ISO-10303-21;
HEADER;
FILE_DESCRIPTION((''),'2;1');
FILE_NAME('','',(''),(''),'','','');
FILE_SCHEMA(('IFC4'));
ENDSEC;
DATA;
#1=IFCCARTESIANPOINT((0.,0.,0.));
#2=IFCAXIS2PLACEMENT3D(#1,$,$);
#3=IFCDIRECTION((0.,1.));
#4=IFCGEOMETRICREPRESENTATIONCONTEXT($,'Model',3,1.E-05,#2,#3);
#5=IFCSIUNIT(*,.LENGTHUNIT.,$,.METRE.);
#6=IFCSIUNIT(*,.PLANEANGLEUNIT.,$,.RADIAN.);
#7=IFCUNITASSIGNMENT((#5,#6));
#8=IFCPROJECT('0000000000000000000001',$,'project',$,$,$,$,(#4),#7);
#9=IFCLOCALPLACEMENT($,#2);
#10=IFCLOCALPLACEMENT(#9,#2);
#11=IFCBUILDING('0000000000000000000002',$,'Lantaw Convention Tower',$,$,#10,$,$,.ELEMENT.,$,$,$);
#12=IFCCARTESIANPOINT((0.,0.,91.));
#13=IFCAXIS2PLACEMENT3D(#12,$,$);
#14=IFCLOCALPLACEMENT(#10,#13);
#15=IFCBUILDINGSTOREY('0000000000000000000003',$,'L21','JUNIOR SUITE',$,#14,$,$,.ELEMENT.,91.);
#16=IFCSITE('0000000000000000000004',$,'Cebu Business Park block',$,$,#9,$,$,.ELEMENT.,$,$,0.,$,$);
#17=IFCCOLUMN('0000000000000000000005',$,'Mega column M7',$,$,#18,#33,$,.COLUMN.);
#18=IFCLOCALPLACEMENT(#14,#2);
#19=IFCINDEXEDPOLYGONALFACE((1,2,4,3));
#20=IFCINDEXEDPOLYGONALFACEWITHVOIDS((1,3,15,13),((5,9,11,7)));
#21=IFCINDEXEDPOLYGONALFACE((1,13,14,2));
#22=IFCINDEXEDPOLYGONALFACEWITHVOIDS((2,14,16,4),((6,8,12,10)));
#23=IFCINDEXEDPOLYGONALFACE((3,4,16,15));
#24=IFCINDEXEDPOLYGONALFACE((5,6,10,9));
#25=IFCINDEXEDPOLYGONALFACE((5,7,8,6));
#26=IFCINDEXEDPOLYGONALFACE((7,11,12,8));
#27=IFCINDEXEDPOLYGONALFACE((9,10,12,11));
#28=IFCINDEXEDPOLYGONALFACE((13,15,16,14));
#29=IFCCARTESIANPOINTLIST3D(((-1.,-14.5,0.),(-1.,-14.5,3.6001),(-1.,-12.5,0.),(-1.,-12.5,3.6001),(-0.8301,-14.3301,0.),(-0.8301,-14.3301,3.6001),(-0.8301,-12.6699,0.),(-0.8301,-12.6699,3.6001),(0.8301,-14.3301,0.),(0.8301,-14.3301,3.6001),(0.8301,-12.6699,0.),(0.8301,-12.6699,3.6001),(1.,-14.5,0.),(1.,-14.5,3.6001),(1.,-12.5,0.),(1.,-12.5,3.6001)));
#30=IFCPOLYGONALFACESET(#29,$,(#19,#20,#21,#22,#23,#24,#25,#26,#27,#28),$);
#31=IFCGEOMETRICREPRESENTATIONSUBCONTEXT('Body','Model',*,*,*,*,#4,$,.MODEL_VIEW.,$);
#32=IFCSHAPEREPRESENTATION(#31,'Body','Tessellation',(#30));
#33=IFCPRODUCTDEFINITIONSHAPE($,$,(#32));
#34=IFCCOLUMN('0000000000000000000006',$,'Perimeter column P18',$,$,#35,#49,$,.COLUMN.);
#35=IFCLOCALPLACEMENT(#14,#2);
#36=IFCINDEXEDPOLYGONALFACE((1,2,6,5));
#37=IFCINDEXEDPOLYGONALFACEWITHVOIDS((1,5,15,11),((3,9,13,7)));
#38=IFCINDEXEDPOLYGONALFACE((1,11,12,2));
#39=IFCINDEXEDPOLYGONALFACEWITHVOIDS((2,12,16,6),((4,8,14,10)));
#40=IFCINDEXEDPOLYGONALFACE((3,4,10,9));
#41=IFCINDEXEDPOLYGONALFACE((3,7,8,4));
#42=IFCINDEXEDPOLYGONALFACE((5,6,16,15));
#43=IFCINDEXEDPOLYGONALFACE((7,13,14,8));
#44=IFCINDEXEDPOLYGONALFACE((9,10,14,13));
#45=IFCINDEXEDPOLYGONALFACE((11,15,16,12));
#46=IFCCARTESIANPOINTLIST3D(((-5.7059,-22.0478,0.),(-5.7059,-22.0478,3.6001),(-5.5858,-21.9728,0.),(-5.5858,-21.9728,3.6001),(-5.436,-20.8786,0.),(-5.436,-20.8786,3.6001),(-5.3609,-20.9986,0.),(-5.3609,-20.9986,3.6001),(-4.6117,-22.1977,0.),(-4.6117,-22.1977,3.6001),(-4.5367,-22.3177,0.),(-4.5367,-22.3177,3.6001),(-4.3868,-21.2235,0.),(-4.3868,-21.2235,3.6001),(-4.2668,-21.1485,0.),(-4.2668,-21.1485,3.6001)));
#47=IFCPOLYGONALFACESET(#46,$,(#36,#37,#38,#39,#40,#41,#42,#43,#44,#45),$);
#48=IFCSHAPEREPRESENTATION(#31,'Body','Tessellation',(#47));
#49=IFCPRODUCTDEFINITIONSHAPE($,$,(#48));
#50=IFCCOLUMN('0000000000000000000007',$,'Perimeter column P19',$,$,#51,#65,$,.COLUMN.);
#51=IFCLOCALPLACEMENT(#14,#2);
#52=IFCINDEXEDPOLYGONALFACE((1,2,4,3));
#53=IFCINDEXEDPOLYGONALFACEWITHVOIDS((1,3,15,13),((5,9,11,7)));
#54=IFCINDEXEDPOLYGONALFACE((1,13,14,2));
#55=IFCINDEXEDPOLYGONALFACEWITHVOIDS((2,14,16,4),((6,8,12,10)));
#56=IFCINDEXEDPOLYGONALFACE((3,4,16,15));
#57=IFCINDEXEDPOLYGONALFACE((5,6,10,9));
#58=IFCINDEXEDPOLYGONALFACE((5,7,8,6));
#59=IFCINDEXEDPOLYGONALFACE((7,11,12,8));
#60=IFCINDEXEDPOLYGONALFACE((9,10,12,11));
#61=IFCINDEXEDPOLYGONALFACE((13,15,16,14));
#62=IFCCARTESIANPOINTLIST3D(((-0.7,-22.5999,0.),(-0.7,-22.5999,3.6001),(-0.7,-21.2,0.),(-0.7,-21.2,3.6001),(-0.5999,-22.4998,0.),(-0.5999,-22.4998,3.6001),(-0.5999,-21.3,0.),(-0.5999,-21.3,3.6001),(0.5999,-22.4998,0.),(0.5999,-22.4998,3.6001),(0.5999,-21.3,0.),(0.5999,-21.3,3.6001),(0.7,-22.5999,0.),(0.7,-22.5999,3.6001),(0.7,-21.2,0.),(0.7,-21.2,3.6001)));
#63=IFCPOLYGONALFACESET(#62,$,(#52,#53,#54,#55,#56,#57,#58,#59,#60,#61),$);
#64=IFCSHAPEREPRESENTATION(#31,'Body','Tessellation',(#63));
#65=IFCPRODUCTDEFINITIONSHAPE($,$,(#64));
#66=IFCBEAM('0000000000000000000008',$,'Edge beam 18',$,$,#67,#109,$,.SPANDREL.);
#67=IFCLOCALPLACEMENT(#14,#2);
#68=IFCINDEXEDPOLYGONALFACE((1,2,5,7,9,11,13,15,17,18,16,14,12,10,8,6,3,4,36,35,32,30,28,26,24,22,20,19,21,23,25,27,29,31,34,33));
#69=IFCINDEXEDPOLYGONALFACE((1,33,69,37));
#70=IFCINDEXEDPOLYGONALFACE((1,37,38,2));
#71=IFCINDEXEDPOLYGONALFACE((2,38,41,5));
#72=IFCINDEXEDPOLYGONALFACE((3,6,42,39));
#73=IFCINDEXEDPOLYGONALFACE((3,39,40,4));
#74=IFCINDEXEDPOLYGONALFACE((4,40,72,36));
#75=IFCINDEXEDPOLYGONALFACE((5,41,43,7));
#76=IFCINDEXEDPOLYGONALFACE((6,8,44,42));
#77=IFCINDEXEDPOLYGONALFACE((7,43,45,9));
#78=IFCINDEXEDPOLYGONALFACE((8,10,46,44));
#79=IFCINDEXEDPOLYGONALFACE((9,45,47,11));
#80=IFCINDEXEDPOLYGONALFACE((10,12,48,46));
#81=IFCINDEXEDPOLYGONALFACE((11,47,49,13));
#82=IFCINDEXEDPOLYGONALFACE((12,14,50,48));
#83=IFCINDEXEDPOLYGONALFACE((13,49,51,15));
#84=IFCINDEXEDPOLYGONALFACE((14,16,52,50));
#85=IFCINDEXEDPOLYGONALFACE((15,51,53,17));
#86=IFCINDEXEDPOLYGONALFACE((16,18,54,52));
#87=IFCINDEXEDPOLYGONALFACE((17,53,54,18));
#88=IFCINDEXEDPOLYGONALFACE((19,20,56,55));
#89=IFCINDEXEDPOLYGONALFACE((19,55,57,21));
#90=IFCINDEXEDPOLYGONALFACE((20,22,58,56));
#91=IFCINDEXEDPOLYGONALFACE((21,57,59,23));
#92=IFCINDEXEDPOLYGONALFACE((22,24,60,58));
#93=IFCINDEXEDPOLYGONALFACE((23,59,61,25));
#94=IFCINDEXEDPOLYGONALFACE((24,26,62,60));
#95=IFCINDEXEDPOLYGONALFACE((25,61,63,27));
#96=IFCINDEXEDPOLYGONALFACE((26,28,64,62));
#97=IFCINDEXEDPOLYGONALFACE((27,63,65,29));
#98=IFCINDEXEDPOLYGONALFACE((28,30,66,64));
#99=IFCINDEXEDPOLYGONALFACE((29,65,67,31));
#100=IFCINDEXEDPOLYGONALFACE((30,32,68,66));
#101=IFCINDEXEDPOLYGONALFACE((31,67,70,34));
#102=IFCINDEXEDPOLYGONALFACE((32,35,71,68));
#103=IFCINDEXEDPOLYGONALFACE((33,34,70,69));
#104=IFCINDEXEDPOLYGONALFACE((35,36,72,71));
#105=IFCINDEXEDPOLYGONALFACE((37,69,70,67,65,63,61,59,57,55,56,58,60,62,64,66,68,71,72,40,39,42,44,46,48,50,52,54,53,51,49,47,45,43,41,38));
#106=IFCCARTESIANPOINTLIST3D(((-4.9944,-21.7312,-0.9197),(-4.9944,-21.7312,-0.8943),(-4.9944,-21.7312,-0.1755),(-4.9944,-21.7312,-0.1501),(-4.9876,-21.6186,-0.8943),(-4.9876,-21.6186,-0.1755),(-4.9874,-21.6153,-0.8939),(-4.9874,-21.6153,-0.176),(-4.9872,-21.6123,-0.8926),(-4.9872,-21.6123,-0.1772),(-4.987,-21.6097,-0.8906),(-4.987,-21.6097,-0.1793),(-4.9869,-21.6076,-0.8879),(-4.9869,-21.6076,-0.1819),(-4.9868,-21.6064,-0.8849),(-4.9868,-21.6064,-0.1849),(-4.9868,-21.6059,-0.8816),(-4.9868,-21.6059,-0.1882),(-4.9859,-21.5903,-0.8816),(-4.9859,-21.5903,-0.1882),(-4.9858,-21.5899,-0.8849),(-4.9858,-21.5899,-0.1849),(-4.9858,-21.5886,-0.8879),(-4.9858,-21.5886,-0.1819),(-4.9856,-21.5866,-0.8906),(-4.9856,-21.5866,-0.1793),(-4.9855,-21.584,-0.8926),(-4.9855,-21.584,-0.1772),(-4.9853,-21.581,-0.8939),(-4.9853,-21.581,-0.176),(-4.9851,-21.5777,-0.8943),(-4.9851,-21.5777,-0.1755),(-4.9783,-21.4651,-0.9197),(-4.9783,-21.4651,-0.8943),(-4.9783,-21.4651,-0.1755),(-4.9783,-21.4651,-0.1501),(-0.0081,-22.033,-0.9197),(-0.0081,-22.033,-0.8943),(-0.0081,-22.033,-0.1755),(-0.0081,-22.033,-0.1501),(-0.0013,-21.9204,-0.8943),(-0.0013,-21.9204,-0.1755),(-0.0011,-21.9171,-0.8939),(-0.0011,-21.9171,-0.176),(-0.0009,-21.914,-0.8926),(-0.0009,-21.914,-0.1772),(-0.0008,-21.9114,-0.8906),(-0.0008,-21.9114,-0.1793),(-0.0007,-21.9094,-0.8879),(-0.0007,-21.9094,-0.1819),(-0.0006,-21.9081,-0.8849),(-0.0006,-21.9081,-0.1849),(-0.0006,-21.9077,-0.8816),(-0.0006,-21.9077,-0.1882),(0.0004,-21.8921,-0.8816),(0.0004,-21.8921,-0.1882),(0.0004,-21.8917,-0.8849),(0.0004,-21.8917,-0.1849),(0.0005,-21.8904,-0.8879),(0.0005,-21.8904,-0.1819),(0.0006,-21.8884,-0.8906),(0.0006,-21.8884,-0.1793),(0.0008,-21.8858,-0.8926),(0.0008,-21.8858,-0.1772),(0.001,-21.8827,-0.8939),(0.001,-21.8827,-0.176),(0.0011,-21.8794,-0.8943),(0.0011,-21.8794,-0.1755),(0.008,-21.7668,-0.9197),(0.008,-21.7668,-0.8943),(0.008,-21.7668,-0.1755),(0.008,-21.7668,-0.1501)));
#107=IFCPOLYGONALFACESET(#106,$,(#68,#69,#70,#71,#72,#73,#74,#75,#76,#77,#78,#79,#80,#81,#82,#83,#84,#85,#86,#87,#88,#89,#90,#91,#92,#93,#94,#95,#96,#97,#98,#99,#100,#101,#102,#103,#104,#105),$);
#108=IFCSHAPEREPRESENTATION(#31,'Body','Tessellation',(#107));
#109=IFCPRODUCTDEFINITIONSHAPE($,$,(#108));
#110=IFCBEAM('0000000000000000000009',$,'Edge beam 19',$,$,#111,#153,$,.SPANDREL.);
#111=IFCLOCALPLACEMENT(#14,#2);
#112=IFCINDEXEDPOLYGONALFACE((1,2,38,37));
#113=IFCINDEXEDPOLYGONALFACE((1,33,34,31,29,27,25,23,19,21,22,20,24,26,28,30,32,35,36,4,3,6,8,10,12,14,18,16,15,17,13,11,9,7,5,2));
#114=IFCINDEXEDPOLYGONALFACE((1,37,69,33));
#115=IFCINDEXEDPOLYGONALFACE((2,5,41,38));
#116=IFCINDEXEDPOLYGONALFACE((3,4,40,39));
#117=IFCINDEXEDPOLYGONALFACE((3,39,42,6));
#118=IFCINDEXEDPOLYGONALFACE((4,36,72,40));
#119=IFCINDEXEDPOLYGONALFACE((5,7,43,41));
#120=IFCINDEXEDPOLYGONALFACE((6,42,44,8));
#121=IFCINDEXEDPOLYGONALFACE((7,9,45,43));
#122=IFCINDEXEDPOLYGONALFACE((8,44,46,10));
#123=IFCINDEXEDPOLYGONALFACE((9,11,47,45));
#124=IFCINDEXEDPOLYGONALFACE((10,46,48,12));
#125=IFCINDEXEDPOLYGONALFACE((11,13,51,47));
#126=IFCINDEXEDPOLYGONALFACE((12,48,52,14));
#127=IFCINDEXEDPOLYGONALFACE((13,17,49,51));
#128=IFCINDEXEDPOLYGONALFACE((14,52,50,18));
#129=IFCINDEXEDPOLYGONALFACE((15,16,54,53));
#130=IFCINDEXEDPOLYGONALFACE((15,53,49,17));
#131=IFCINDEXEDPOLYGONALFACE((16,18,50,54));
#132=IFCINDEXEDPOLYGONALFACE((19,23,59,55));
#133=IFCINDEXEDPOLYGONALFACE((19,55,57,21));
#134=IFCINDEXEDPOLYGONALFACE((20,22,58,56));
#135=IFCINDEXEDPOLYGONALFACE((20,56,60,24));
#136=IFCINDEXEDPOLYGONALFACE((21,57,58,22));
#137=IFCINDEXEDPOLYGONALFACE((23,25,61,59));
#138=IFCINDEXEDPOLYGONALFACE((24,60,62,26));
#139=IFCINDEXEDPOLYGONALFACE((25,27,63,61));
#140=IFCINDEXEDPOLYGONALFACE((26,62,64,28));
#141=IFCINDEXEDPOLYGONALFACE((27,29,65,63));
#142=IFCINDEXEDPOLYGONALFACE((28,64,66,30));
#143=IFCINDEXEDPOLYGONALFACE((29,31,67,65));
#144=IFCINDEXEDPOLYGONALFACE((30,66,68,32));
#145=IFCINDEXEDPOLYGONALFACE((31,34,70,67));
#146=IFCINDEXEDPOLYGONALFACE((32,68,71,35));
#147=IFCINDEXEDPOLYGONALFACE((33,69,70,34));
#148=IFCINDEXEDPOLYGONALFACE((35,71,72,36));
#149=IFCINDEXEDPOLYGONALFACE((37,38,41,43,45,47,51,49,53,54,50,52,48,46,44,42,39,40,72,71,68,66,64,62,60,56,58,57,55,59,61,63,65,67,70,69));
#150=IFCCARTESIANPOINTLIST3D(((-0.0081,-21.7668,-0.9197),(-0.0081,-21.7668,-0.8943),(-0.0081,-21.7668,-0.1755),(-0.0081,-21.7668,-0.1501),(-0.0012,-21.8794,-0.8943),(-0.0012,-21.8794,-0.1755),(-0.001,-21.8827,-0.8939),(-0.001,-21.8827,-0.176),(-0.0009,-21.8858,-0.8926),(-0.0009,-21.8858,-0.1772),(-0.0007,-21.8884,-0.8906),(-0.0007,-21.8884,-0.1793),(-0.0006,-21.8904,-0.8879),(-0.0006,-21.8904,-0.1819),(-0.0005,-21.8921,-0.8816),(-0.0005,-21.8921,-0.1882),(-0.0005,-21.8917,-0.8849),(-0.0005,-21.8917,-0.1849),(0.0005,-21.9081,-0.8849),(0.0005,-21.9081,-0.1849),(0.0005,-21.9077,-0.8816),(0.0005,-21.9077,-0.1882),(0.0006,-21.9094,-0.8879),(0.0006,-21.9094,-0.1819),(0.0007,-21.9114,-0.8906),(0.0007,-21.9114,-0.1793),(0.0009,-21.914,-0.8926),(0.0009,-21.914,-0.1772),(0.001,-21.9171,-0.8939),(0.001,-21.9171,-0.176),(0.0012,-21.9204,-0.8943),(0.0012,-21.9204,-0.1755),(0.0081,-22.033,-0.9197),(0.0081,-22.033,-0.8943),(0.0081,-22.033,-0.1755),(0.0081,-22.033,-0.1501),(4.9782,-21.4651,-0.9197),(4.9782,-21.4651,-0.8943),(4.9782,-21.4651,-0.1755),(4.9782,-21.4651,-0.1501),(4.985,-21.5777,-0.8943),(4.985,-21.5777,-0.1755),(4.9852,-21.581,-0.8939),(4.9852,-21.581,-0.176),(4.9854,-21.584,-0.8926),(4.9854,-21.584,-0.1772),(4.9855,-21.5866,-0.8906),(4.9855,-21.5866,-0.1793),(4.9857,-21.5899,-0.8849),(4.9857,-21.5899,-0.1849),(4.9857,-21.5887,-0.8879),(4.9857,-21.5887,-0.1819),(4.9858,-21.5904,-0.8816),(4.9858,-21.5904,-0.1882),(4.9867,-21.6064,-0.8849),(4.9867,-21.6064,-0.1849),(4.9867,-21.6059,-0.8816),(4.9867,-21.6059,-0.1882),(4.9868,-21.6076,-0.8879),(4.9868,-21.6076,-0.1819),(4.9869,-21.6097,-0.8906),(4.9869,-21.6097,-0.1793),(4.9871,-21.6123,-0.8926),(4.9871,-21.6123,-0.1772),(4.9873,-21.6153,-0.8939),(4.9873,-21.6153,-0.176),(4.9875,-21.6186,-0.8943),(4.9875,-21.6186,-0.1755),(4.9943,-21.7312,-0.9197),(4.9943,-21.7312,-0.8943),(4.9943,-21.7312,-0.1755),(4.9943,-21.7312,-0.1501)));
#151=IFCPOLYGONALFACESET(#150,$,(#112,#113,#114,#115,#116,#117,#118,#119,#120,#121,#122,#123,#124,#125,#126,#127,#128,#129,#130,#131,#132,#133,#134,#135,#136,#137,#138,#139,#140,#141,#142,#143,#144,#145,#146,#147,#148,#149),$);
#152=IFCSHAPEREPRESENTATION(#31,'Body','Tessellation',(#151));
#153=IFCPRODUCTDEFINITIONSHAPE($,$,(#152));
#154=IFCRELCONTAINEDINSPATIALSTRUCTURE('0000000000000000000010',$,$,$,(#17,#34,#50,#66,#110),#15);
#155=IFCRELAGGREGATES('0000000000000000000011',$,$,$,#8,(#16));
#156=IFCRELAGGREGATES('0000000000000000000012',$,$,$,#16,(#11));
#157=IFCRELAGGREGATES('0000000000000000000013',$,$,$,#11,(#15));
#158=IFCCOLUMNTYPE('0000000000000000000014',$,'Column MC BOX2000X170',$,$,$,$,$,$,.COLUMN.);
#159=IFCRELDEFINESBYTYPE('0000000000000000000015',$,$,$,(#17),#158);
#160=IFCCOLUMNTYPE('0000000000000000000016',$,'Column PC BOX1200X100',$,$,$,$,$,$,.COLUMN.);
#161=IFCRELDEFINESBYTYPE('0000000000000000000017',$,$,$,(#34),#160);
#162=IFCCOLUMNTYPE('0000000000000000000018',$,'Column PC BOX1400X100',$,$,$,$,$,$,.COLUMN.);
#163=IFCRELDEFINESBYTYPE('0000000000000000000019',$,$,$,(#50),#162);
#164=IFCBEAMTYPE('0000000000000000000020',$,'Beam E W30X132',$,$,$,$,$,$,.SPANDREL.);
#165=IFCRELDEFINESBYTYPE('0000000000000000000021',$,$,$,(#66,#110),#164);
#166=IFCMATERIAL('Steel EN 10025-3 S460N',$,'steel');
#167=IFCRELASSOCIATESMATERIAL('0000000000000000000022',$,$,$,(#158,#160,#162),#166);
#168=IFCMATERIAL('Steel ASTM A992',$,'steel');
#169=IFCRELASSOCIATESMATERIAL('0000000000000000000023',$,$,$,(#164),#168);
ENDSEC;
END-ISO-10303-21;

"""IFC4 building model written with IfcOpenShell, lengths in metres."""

from ifc_helpers import new_model, si_unit, direction, frame, origin, origin_2d, place, context, subcontext, project, spatial, rectangle, hollow_rectangle, i_section, extrude, material, material_profile, profile_set, type_object, element, save


model = new_model("IFC4")

# Units and contexts
model_context = context("Model", 3, precision=1e-05, world=origin(), true_north=direction((0.0, 1.0)))
body_context = subcontext(model_context, "Body", "Model", "MODEL_VIEW")
ifc_project = project(units=[si_unit("LENGTHUNIT", "METRE"), si_unit("PLANEANGLEUNIT", "RADIAN")], contexts=[model_context])

# Site, building, storey
site_placement = place(None, origin())
site = spatial("IfcSite", under=ifc_project, at=site_placement, Name="Cebu Business Park block", CompositionType="ELEMENT", RefElevation=0.0)
building_placement = place(site_placement, origin())
building = spatial("IfcBuilding", under=site, at=building_placement, Name="Lantaw Convention Tower", CompositionType="ELEMENT")
storey_placement = place(building_placement, frame((0.0, 0.0, 91.0)))
storey = spatial("IfcBuildingStorey", under=building, at=storey_placement, Name="L21", Description="JUNIOR SUITE", CompositionType="ELEMENT", Elevation=91.0)

# Columns
ifc_material_1 = material(Name="Steel EN 10025-3 S460N", Category="steel")
ifc_material_profile_1 = material_profile(ifc_material_1, hollow_rectangle(XDim=2.0, YDim=2.0, WallThickness=0.1699, at=origin_2d()), Name="BOX2000X170")
ifc_material_2 = material(Name="Concrete C60/75", Category="concrete")
ifc_material_profile_2 = material_profile(ifc_material_2, rectangle(XDim=1.6599, YDim=1.6599, at=origin_2d()), Name="Concrete fill of BOX2000X170")
ifc_profile_set_1 = profile_set([ifc_material_profile_1, ifc_material_profile_2], Name="Steel EN 10025-3 S460N")
column_type_1 = type_object("IfcColumnType", Name="Column MC BOX2000X170", PredefinedType="COLUMN", material=ifc_profile_set_1)
column_1_placement = place(storey_placement, frame((0.0, -13.5, 0.0), z_axis=(0.0, 0.0, 1.0), x_axis=(1.0, 0.0, 0.0)))
element("IfcColumn", 1, at=column_1_placement, inside=storey, type_object=column_type_1, Name="Mega column M7", PredefinedType="COLUMN", context=body_context, shape_type="SweptSolid", body=[
    extrude(hollow_rectangle(XDim=2.0, YDim=2.0, WallThickness=0.1699, at=origin_2d()), origin(), (0.0, 0.0, 1.0), 3.6001),
])
ifc_material_profile_3 = material_profile(ifc_material_1, hollow_rectangle(XDim=1.2, YDim=1.2, WallThickness=0.1001, at=origin_2d()), Name="BOX1200X100")
ifc_material_profile_4 = material_profile(ifc_material_2, rectangle(XDim=1.0, YDim=1.0, at=origin_2d()), Name="Concrete fill of BOX1200X100")
ifc_profile_set_2 = profile_set([ifc_material_profile_3, ifc_material_profile_4], Name="Steel EN 10025-3 S460N")
column_type_2 = type_object("IfcColumnType", Name="Column PC BOX1200X100", PredefinedType="COLUMN", material=ifc_profile_set_2)
column_2_placement = place(storey_placement, frame((-4.9863, -21.5981, 0.0), z_axis=(0.0, 0.0, 1.0), x_axis=(0.224951, 0.97437, 0.0)))
element("IfcColumn", 2, at=column_2_placement, inside=storey, type_object=column_type_2, Name="Perimeter column P18", PredefinedType="COLUMN", context=body_context, shape_type="SweptSolid", body=[
    extrude(hollow_rectangle(XDim=1.2, YDim=1.2, WallThickness=0.1001, at=origin_2d()), origin(), (0.0, 0.0, 1.0), 3.6001),
])
ifc_material_profile_5 = material_profile(ifc_material_1, hollow_rectangle(XDim=1.3999, YDim=1.3999, WallThickness=0.1001, at=origin_2d()), Name="BOX1400X100")
ifc_material_profile_6 = material_profile(ifc_material_2, rectangle(XDim=1.2, YDim=1.2, at=origin_2d()), Name="Concrete fill of BOX1400X100")
ifc_profile_set_3 = profile_set([ifc_material_profile_5, ifc_material_profile_6], Name="Steel EN 10025-3 S460N")
column_type_3 = type_object("IfcColumnType", Name="Column PC BOX1400X100", PredefinedType="COLUMN", material=ifc_profile_set_3)
column_3_placement = place(storey_placement, frame((0.0, -21.8999, 0.0), z_axis=(0.0, 0.0, 1.0), x_axis=(1.0, 0.0, 0.0)))
element("IfcColumn", 3, at=column_3_placement, inside=storey, type_object=column_type_3, Name="Perimeter column P19", PredefinedType="COLUMN", context=body_context, shape_type="SweptSolid", body=[
    extrude(hollow_rectangle(XDim=1.3999, YDim=1.3999, WallThickness=0.1001, at=origin_2d()), origin(), (0.0, 0.0, 1.0), 3.6001),
])

# Beams
ifc_material_3 = material(Name="Steel ASTM A992", Category="steel")
ifc_material_profile_7 = material_profile(ifc_material_3, i_section(OverallWidth=0.2666, OverallDepth=0.7695, WebThickness=0.0156, FlangeThickness=0.0254, FilletRadius=0.0127, at=origin_2d()), Name="W30X132")
ifc_profile_set_4 = profile_set([ifc_material_profile_7], Name="Steel ASTM A992")
beam_type_1 = type_object("IfcBeamType", Name="Beam E W30X132", PredefinedType="SPANDREL", material=ifc_profile_set_4)
for number, where, z_axis, x_axis, name in (
    (4, (-4.9863, -21.5981, -0.5349), (0.998174, -0.060407, 0.0), (0.060407, 0.998174, 0.0), "Edge beam 18"),
    (5, (0.0, -21.8999, -0.5349), (0.998174, 0.060407, 0.0), (-0.060407, 0.998174, 0.0), "Edge beam 19"),
):
    element("IfcBeam", number, at=place(storey_placement, frame(where, z_axis=z_axis, x_axis=x_axis)), inside=storey, type_object=beam_type_1, Name=name, PredefinedType="SPANDREL", context=body_context, shape_type="SweptSolid", body=[
        extrude(i_section(OverallWidth=0.2666, OverallDepth=0.7695, WebThickness=0.0156, FlangeThickness=0.0254, FilletRadius=0.0127, at=origin_2d()), origin(), (0.0, 0.0, 1.0), 4.9954),
    ])

save(model, "model.ifc")
